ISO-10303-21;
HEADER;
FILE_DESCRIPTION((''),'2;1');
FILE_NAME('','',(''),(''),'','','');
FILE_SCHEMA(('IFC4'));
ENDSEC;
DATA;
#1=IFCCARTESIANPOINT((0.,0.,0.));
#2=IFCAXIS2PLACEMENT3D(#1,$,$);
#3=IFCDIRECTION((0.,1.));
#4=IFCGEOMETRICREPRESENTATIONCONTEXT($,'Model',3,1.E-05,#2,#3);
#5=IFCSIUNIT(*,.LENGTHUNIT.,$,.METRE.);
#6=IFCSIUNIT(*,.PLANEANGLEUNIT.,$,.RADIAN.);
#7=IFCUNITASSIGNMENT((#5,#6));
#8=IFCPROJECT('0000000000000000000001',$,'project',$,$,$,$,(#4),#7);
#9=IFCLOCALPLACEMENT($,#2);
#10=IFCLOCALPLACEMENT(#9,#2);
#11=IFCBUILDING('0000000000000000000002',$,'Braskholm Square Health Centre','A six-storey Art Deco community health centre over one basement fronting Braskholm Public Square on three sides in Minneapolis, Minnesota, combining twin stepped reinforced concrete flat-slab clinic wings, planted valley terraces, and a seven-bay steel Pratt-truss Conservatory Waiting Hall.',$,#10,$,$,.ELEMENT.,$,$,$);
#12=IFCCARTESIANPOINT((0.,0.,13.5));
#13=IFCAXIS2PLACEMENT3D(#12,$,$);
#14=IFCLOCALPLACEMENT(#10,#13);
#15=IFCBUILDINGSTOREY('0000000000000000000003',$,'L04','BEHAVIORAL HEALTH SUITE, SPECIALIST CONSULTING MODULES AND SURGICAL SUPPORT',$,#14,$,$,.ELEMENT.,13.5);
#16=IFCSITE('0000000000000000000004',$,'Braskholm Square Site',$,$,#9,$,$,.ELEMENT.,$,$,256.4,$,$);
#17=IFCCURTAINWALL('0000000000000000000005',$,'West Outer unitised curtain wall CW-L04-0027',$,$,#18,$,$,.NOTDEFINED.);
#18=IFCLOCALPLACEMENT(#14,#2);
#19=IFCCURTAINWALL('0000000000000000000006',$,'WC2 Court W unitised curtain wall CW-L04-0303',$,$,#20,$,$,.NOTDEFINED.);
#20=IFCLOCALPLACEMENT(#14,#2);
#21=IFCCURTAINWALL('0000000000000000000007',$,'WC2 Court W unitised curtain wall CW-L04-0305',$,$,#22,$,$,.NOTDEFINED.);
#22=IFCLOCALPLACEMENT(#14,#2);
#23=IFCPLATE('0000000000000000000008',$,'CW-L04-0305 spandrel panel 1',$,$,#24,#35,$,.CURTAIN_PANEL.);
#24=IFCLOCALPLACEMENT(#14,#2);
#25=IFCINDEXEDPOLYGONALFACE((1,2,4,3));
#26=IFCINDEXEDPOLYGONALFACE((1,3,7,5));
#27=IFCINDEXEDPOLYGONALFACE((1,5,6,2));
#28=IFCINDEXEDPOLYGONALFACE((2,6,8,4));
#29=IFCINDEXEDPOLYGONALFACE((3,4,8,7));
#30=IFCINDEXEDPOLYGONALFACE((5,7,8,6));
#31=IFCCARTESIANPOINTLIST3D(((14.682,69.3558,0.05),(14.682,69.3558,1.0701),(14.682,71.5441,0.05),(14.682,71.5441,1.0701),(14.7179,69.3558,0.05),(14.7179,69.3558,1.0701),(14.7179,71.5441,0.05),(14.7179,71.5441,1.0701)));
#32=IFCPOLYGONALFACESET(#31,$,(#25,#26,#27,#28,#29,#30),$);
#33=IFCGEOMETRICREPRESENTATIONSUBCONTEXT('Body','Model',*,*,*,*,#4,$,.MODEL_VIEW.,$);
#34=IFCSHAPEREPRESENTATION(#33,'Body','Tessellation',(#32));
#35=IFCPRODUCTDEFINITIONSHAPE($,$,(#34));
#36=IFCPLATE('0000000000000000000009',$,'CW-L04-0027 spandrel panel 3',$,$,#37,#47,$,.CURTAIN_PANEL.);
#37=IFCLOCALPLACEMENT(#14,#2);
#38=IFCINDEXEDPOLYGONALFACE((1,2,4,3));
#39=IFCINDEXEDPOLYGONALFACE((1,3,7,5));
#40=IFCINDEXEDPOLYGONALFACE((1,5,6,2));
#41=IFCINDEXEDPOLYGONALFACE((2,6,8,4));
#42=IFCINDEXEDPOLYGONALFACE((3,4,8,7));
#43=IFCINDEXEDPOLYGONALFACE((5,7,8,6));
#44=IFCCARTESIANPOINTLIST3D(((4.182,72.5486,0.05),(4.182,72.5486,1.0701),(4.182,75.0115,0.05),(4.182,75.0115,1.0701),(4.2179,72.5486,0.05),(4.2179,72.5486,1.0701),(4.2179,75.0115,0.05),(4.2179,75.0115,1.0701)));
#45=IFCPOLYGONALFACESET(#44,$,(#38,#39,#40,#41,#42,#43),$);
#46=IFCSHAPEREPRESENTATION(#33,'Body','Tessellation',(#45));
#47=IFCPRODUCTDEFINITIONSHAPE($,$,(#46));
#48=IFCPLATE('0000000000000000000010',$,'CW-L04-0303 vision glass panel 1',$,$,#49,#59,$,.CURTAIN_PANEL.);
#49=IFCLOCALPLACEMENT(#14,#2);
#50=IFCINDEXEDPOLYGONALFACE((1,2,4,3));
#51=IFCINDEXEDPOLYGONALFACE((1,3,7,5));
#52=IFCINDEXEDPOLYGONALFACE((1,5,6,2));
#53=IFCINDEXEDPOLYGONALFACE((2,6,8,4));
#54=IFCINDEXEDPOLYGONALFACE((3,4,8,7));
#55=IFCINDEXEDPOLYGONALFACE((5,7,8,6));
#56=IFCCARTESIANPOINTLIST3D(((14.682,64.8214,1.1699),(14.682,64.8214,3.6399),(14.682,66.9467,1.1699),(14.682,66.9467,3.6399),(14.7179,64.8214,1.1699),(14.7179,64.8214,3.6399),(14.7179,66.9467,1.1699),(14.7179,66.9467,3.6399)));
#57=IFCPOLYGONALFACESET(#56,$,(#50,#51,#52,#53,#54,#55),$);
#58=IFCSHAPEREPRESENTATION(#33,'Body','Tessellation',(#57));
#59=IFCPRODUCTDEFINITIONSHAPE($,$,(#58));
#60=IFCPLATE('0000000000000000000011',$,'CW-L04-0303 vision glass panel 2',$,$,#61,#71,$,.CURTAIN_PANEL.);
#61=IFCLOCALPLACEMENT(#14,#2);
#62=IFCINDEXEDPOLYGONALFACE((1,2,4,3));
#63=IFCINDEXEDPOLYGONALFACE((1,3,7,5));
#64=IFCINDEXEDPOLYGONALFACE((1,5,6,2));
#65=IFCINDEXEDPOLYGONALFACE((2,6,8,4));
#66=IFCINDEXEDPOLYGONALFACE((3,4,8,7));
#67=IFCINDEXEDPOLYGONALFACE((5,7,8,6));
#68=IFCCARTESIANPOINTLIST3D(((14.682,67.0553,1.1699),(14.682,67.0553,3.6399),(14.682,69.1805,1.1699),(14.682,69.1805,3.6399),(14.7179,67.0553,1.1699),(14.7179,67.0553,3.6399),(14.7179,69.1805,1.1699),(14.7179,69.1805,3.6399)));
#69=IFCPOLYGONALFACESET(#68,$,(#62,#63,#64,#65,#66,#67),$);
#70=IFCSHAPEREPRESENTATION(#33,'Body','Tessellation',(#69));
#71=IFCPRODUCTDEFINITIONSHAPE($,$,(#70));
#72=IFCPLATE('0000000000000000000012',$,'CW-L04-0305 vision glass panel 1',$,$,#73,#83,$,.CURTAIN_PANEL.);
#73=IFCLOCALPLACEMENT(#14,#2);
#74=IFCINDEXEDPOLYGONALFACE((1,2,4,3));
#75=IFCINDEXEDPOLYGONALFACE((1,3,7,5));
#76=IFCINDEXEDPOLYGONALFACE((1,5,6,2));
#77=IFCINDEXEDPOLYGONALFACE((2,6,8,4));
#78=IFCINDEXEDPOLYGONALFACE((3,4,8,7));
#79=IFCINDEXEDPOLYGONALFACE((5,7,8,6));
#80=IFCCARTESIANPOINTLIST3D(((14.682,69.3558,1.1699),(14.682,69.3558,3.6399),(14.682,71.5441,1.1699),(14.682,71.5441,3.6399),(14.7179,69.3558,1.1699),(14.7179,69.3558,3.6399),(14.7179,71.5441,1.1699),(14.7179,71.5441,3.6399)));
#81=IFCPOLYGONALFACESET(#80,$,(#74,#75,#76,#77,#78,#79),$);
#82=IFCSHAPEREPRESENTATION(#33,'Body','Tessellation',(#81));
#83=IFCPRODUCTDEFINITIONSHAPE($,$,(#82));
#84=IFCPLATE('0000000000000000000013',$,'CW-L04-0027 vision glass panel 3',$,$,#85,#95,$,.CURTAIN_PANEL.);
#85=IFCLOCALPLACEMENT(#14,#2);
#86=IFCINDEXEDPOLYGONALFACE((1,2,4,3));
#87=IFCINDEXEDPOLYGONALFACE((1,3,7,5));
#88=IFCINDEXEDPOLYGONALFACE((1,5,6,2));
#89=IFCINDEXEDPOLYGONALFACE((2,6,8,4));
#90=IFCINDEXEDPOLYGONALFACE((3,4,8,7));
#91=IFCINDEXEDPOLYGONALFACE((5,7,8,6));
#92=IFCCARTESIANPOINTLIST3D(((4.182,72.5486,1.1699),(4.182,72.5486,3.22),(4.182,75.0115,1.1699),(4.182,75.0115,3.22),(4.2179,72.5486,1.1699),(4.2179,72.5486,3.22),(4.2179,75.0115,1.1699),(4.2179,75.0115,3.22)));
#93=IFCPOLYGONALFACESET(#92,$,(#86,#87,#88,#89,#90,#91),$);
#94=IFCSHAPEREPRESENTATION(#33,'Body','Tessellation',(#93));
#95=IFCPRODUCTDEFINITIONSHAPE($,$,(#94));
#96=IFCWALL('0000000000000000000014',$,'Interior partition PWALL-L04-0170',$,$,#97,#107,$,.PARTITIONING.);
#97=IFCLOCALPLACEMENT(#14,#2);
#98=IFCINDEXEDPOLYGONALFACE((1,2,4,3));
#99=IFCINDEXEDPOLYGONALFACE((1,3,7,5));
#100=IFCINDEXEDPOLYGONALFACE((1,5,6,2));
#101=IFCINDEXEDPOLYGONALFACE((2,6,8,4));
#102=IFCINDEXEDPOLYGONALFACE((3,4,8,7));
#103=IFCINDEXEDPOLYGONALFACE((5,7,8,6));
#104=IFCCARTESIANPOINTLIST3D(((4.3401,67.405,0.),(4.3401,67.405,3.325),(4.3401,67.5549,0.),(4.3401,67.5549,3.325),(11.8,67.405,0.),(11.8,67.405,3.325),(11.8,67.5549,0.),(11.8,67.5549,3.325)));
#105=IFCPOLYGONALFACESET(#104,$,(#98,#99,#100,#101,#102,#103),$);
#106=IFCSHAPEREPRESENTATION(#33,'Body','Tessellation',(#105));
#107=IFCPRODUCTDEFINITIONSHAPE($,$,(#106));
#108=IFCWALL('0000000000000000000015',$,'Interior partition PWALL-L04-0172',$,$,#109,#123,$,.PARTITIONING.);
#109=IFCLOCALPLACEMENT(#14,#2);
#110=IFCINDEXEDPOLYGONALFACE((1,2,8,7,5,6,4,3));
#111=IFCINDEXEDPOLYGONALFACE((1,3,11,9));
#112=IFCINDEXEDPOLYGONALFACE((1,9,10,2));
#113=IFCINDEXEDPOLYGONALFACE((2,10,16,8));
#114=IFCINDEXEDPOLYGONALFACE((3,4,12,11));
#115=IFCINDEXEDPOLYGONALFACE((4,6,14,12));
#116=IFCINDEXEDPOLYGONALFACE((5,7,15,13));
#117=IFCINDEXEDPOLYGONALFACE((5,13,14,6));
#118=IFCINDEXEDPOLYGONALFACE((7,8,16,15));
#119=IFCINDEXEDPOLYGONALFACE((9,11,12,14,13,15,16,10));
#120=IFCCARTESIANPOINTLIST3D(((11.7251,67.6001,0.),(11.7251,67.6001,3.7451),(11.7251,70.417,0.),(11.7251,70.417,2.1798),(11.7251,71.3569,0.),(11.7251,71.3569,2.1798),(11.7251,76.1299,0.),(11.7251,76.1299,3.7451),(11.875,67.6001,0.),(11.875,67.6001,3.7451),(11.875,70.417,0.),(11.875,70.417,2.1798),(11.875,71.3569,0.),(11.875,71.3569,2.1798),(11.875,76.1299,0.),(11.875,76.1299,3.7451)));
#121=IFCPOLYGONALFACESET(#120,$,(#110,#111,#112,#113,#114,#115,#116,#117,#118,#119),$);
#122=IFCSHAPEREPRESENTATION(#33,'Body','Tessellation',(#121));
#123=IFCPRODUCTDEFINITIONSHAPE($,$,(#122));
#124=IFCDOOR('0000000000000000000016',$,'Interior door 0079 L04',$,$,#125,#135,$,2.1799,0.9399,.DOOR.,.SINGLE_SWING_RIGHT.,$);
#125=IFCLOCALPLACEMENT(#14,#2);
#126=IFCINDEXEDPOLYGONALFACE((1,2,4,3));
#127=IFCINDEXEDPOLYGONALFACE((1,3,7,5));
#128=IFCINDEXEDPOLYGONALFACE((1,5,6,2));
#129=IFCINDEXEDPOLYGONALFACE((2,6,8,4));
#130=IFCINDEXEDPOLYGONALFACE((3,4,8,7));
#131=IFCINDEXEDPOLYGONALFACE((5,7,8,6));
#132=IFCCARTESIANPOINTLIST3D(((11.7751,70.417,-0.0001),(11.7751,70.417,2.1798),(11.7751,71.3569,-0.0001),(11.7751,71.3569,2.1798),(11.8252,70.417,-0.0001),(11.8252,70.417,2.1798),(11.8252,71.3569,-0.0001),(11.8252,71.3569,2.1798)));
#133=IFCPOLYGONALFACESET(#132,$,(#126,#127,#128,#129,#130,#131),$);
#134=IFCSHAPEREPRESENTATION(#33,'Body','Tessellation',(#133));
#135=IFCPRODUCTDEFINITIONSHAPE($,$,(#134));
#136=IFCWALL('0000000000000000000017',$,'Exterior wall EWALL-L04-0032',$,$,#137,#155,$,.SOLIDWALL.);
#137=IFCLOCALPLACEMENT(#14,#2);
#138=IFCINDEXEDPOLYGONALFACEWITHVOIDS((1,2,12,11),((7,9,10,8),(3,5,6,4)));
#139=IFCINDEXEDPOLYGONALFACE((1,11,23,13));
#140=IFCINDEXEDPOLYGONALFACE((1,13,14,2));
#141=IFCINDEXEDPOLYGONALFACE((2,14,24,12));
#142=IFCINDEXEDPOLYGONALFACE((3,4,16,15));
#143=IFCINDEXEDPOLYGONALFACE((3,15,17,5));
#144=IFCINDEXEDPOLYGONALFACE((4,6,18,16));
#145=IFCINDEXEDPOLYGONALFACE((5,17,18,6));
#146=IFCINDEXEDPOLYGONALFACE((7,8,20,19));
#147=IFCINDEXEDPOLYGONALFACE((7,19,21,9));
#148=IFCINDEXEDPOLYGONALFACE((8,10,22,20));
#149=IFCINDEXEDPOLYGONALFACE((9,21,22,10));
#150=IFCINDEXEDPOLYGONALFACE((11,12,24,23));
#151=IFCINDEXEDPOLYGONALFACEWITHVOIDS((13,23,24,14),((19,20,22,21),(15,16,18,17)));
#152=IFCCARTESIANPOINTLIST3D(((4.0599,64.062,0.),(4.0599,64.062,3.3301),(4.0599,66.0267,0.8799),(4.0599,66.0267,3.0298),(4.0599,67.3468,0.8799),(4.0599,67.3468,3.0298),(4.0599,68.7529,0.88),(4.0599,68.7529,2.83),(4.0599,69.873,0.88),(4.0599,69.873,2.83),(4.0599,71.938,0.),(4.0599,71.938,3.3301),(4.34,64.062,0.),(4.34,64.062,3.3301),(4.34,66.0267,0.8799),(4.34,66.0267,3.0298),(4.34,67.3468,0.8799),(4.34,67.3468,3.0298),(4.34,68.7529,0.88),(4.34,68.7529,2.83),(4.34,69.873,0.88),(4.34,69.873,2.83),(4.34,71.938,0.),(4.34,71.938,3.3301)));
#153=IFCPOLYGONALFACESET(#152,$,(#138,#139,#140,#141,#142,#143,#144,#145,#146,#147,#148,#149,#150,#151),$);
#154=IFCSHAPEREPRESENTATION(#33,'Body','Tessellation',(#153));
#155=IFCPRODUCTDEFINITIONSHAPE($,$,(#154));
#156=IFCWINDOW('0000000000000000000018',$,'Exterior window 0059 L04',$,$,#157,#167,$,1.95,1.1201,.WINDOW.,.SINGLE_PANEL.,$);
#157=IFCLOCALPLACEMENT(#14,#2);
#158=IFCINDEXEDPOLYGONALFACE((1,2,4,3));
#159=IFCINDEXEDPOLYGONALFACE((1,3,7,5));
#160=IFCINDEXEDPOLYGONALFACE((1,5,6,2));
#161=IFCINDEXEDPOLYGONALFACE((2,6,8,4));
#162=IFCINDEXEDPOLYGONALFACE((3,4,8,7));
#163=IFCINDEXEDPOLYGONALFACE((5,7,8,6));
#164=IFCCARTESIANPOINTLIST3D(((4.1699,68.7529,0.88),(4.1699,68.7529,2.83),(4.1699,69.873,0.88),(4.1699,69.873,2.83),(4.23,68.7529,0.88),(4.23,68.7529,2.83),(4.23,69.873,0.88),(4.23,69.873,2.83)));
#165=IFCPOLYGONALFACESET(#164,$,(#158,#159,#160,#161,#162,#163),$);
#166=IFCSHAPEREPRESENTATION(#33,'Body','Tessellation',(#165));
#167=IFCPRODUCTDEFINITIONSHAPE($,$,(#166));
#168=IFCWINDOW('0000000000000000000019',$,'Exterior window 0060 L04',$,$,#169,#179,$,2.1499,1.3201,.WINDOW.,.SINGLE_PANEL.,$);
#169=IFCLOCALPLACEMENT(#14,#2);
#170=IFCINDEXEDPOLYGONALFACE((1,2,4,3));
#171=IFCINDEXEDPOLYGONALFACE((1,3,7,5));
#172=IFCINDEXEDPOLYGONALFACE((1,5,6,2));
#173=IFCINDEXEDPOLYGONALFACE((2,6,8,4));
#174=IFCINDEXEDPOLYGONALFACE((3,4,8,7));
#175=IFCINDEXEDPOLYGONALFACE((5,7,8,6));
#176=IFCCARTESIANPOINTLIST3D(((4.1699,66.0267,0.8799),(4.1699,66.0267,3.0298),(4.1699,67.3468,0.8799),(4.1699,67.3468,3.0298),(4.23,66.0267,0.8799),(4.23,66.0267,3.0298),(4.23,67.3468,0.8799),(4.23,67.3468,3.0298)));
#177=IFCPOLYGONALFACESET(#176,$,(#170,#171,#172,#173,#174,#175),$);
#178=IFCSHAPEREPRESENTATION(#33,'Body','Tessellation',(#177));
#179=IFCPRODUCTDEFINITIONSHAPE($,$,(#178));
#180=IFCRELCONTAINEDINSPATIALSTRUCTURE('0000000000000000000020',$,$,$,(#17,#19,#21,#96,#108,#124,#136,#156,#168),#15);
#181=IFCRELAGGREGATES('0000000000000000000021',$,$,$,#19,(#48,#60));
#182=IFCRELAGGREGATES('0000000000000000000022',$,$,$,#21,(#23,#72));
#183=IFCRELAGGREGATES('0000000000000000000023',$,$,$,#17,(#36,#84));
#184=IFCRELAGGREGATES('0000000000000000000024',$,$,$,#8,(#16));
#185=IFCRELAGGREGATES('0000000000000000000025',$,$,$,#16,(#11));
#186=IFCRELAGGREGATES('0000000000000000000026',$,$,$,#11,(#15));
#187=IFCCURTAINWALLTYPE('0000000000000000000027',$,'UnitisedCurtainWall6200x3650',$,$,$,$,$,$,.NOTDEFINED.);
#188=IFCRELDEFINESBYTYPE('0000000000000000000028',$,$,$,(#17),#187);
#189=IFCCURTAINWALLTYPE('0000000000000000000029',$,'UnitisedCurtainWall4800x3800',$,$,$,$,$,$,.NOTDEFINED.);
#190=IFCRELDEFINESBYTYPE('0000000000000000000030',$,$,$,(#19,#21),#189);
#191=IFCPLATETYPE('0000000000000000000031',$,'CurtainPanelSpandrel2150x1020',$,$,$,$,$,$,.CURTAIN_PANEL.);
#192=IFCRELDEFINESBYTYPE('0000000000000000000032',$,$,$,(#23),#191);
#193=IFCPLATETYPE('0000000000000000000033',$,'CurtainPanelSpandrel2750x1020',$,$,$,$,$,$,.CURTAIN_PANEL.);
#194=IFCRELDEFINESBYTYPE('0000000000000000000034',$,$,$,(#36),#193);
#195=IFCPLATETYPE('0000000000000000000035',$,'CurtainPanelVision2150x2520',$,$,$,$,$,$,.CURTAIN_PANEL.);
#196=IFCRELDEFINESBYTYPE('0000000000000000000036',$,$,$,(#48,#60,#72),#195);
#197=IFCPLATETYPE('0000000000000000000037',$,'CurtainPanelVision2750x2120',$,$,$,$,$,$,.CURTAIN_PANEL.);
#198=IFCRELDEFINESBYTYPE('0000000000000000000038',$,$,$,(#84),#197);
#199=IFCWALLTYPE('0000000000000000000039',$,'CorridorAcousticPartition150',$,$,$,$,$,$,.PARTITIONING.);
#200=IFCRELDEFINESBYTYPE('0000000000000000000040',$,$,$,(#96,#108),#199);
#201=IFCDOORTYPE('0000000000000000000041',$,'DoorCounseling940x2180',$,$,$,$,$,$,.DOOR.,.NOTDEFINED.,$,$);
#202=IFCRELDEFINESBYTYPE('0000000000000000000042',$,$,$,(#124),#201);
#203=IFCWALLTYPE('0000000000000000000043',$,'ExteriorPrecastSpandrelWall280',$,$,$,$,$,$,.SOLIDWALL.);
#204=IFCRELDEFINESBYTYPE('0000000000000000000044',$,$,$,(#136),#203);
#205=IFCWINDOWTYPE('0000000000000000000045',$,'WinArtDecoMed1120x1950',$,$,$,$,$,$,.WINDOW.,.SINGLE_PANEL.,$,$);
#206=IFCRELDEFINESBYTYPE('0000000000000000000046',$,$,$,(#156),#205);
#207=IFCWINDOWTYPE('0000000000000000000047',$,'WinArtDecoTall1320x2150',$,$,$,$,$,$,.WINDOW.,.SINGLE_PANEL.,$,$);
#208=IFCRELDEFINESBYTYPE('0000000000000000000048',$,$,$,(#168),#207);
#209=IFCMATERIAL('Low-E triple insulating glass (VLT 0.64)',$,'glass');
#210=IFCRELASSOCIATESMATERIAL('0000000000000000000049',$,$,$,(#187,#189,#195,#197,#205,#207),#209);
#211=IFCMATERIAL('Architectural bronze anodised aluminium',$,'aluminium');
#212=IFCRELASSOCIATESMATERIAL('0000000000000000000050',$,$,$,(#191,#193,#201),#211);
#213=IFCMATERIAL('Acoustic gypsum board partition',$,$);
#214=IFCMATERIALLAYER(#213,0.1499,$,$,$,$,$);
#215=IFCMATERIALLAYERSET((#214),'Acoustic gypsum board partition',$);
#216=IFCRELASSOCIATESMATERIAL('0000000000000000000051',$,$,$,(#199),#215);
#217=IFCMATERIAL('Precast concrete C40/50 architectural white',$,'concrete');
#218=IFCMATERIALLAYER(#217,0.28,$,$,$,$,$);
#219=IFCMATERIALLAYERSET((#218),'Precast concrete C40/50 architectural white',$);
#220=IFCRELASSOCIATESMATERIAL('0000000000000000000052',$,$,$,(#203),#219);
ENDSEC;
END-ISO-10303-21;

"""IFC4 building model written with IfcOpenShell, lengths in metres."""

from ifc_helpers import new_model, si_unit, direction, frame, frame_2d, origin, origin_with_axes, origin_2d, place, context, subcontext, project, spatial, rectangle, extrude, material, layer, layer_set, type_object, element, fill, aggregate, save


model = new_model("IFC4")

# Units and contexts
model_context = context("Model", 3, precision=1e-05, world=origin(), true_north=direction((0.0, 1.0)))
body_context = subcontext(model_context, "Body", "Model", "MODEL_VIEW")
ifc_project = project(units=[si_unit("LENGTHUNIT", "METRE"), si_unit("PLANEANGLEUNIT", "RADIAN")], contexts=[model_context])

# Site, building, storey
site_placement = place(None, origin())
site = spatial("IfcSite", under=ifc_project, at=site_placement, Name="Braskholm Square Site", CompositionType="ELEMENT", RefElevation=256.4)
building_placement = place(site_placement, origin())
building = spatial("IfcBuilding", under=site, at=building_placement, Name="Braskholm Square Health Centre", Description="A six-storey Art Deco community health centre over one basement fronting Braskholm Public Square on three sides in Minneapolis, Minnesota, combining twin stepped reinforced concrete flat-slab clinic wings, planted valley terraces, and a seven-bay steel Pratt-truss Conservatory Waiting Hall.", CompositionType="ELEMENT")
storey_placement = place(building_placement, frame((0.0, 0.0, 13.5)))
storey = spatial("IfcBuildingStorey", under=building, at=storey_placement, Name="L04", Description="BEHAVIORAL HEALTH SUITE, SPECIALIST CONSULTING MODULES AND SURGICAL SUPPORT", CompositionType="ELEMENT", Elevation=13.5)

# Shared definitions
ifc_material_1 = material(Name="Precast concrete C40/50 architectural white", Category="concrete")

# Curtain wall
ifc_material_2 = material(Name="Low-E triple insulating glass (VLT 0.64)", Category="glass")
curtain_wall_type_1 = type_object("IfcCurtainWallType", Name="UnitisedCurtainWall6200x3650", PredefinedType="NOTDEFINED", material=ifc_material_2)
curtain_wall_1_placement = place(storey_placement, origin())
curtain_wall_1 = element("IfcCurtainWall", 1, at=curtain_wall_1_placement, inside=storey, type_object=curtain_wall_type_1, Name="West Outer unitised curtain wall CW-L04-0027", PredefinedType="NOTDEFINED")
ifc_material_3 = material(Name="Architectural bronze anodised aluminium", Category="aluminium")

# Curtain walls
curtain_wall_type_2 = type_object("IfcCurtainWallType", Name="UnitisedCurtainWall4800x3800", PredefinedType="NOTDEFINED", material=ifc_material_2)
curtain_wall_2_placement = place(storey_placement, origin())
curtain_wall_2 = element("IfcCurtainWall", 2, at=curtain_wall_2_placement, inside=storey, type_object=curtain_wall_type_2, Name="WC2 Court W unitised curtain wall CW-L04-0303", PredefinedType="NOTDEFINED")
curtain_wall_3_placement = place(storey_placement, origin())
curtain_wall_3 = element("IfcCurtainWall", 3, at=curtain_wall_3_placement, inside=storey, type_object=curtain_wall_type_2, Name="WC2 Court W unitised curtain wall CW-L04-0305", PredefinedType="NOTDEFINED")

# Plates
plate_type_1 = type_object("IfcPlateType", Name="CurtainPanelSpandrel2150x1020", PredefinedType="CURTAIN_PANEL", material=ifc_material_3)
plate_1_placement = place(storey_placement, frame((14.7, 70.45, 0.05), z_axis=(0.0, 0.0, 1.0), x_axis=(0.0, 1.0, 0.0)))
plate_1 = element("IfcPlate", 4, at=plate_1_placement, type_object=plate_type_1, Name="CW-L04-0305 spandrel panel 1", PredefinedType="CURTAIN_PANEL", context=body_context, shape_type="SweptSolid", body=[
    extrude(rectangle(XDim=2.1882, YDim=0.0359, at=origin_2d()), origin(), (0.0, 0.0, 1.0), 1.02),
])
plate_type_2 = type_object("IfcPlateType", Name="CurtainPanelSpandrel2750x1020", PredefinedType="CURTAIN_PANEL", material=ifc_material_3)
plate_2_placement = place(storey_placement, frame((4.2, 73.78, 0.05), z_axis=(0.0, 0.0, 1.0), x_axis=(0.0, -1.0, 0.0)))
plate_2 = element("IfcPlate", 5, at=plate_2_placement, type_object=plate_type_2, Name="CW-L04-0027 spandrel panel 3", PredefinedType="CURTAIN_PANEL", context=body_context, shape_type="SweptSolid", body=[
    extrude(rectangle(XDim=2.4629, YDim=0.0359, at=origin_2d()), origin(), (0.0, 0.0, 1.0), 1.02),
])
plate_type_3 = type_object("IfcPlateType", Name="CurtainPanelVision2150x2520", PredefinedType="CURTAIN_PANEL", material=ifc_material_2)
plate_3_placement = place(storey_placement, frame((14.7, 65.884, 1.1699), z_axis=(0.0, 0.0, 1.0), x_axis=(0.0, 1.0, 0.0)))
plate_3 = element("IfcPlate", 6, at=plate_3_placement, type_object=plate_type_3, Name="CW-L04-0303 vision glass panel 1", PredefinedType="CURTAIN_PANEL", context=body_context, shape_type="SweptSolid", body=[
    extrude(rectangle(XDim=2.1252, YDim=0.0359, at=origin_2d()), origin(), (0.0, 0.0, 1.0), 2.47),
])
plate_4_placement = place(storey_placement, frame((14.7, 68.1179, 1.1699), z_axis=(0.0, 0.0, 1.0), x_axis=(0.0, 1.0, 0.0)))
plate_4 = element("IfcPlate", 7, at=plate_4_placement, type_object=plate_type_3, Name="CW-L04-0303 vision glass panel 2", PredefinedType="CURTAIN_PANEL", context=body_context, shape_type="SweptSolid", body=[
    extrude(rectangle(XDim=2.1252, YDim=0.0359, at=origin_2d()), origin(), (0.0, 0.0, 1.0), 2.47),
])
aggregate(curtain_wall_2, [plate_3, plate_4])
plate_5_placement = place(storey_placement, frame((14.7, 70.45, 1.1699), z_axis=(0.0, 0.0, 1.0), x_axis=(0.0, 1.0, 0.0)))
plate_5 = element("IfcPlate", 8, at=plate_5_placement, type_object=plate_type_3, Name="CW-L04-0305 vision glass panel 1", PredefinedType="CURTAIN_PANEL", context=body_context, shape_type="SweptSolid", body=[
    extrude(rectangle(XDim=2.1882, YDim=0.0359, at=origin_2d()), origin(), (0.0, 0.0, 1.0), 2.47),
])
aggregate(curtain_wall_3, [plate_1, plate_5])
plate_type_4 = type_object("IfcPlateType", Name="CurtainPanelVision2750x2120", PredefinedType="CURTAIN_PANEL", material=ifc_material_2)
plate_6_placement = place(storey_placement, frame((4.2, 73.78, 1.1699), z_axis=(0.0, 0.0, 1.0), x_axis=(0.0, -1.0, 0.0)))
plate_6 = element("IfcPlate", 9, at=plate_6_placement, type_object=plate_type_4, Name="CW-L04-0027 vision glass panel 3", PredefinedType="CURTAIN_PANEL", context=body_context, shape_type="SweptSolid", body=[
    extrude(rectangle(XDim=2.4629, YDim=0.0359, at=origin_2d()), origin(), (0.0, 0.0, 1.0), 2.05),
])
aggregate(curtain_wall_1, [plate_2, plate_6])

# Wall
ifc_material_4 = material(Name="Acoustic gypsum board partition")
ifc_layer_1 = layer(ifc_material_4, 0.1499)
ifc_layer_set_1 = layer_set([ifc_layer_1], Name="Acoustic gypsum board partition")
wall_type_1 = type_object("IfcWallType", Name="CorridorAcousticPartition150", PredefinedType="PARTITIONING", material=ifc_layer_set_1)
wall_1_placement = place(storey_placement, frame((4.3401, 67.48, 0.0), z_axis=(0.0, 0.0, 1.0), x_axis=(1.0, 0.0, 0.0)))
element("IfcWall", 10, at=wall_1_placement, inside=storey, type_object=wall_type_1, Name="Interior partition PWALL-L04-0170", PredefinedType="PARTITIONING", context=body_context, shape_type="SweptSolid", body=[
    extrude(rectangle(XDim=7.46, YDim=0.1499, at=frame_2d((3.73, 0.0))), origin(), (0.0, 0.0, 1.0), 3.325),
])

# Wall, opening, door
wall_2_placement = place(storey_placement, frame((11.8, 67.6001, 0.0), z_axis=(0.0, 0.0, 1.0), x_axis=(0.0, 1.0, 0.0)))
wall_2 = element("IfcWall", 11, at=wall_2_placement, inside=storey, type_object=wall_type_1, Name="Interior partition PWALL-L04-0172", PredefinedType="PARTITIONING", context=body_context, shape_type="SweptSolid", body=[
    extrude(rectangle(XDim=8.5298, YDim=0.1499, at=frame_2d((4.2649, 0.0))), origin(), (0.0, 0.0, 1.0), 3.7451),
])
opening_1_placement = place(wall_2_placement, frame((2.8169, 0.0, 0.0)))
opening_1 = element("IfcOpeningElement", 12, at=opening_1_placement, cuts=wall_2, PredefinedType="OPENING", context=body_context, shape_type="SweptSolid", body=[
    extrude(rectangle(XDim=0.9399, YDim=2.1799, at=frame_2d((0.47, 1.0898))), frame((0.0, 0.085, 0.0), z_axis=(0.0, -1.0, 0.0), x_axis=(1.0, 0.0, 0.0)), (0.0, 0.0, 1.0), 0.1699),
])
door_type = type_object("IfcDoorType", Name="DoorCounseling940x2180", OperationType="NOTDEFINED", PredefinedType="DOOR", material=ifc_material_3)
door_placement = place(opening_1_placement, origin_with_axes())
door = element("IfcDoor", 13, at=door_placement, inside=storey, type_object=door_type, Name="Interior door 0079 L04", OperationType="SINGLE_SWING_RIGHT", OverallHeight=2.1799, OverallWidth=0.9399, PredefinedType="DOOR", context=body_context, shape_type="SweptSolid", body=[
    extrude(rectangle(XDim=0.9399, YDim=2.1799, at=frame_2d((0.47, 1.0898))), frame((0.0, 0.0249, 0.0), z_axis=(0.0, -1.0, 0.0), x_axis=(1.0, 0.0, 0.0)), (0.0, 0.0, 1.0), 0.05),
])
fill(opening_1, door)

# Wall, openings, windows
ifc_layer_2 = layer(ifc_material_1, 0.28)
ifc_layer_set_2 = layer_set([ifc_layer_2], Name="Precast concrete C40/50 architectural white")
wall_type_2 = type_object("IfcWallType", Name="ExteriorPrecastSpandrelWall280", PredefinedType="SOLIDWALL", material=ifc_layer_set_2)
wall_3_placement = place(storey_placement, frame((4.2, 71.938, 0.0), z_axis=(0.0, 0.0, 1.0), x_axis=(0.0, -1.0, 0.0)))
wall_3 = element("IfcWall", 14, at=wall_3_placement, inside=storey, type_object=wall_type_2, Name="Exterior wall EWALL-L04-0032", PredefinedType="SOLIDWALL", context=body_context, shape_type="SweptSolid", body=[
    extrude(rectangle(XDim=7.876, YDim=0.28, at=frame_2d((3.938, 0.0))), origin(), (0.0, 0.0, 1.0), 3.3301),
])
opening_2_placement = place(wall_3_placement, frame((2.0649, 0.0, 0.8799)))
opening_2 = element("IfcOpeningElement", 15, at=opening_2_placement, cuts=wall_3, PredefinedType="OPENING", context=body_context, shape_type="SweptSolid", body=[
    extrude(rectangle(XDim=1.1201, YDim=1.95, at=frame_2d((0.5601, 0.9751))), frame((0.0, 0.1499, 0.0), z_axis=(0.0, -1.0, 0.0), x_axis=(1.0, 0.0, 0.0)), (0.0, 0.0, 1.0), 0.3),
])
opening_3_placement = place(wall_3_placement, frame((4.5911, 0.0, 0.8799)))
opening_3 = element("IfcOpeningElement", 16, at=opening_3_placement, cuts=wall_3, PredefinedType="OPENING", context=body_context, shape_type="SweptSolid", body=[
    extrude(rectangle(XDim=1.3201, YDim=2.1499, at=frame_2d((0.6602, 1.075))), frame((0.0, 0.1499, 0.0), z_axis=(0.0, -1.0, 0.0), x_axis=(1.0, 0.0, 0.0)), (0.0, 0.0, 1.0), 0.3),
])
window_type_1 = type_object("IfcWindowType", Name="WinArtDecoMed1120x1950", PartitioningType="SINGLE_PANEL", PredefinedType="WINDOW", material=ifc_material_2)
window_1_placement = place(opening_2_placement, origin_with_axes())
window_1 = element("IfcWindow", 17, at=window_1_placement, inside=storey, type_object=window_type_1, Name="Exterior window 0059 L04", OverallHeight=1.95, OverallWidth=1.1201, PartitioningType="SINGLE_PANEL", PredefinedType="WINDOW", context=body_context, shape_type="SweptSolid", body=[
    extrude(rectangle(XDim=1.1201, YDim=1.95, at=frame_2d((0.5601, 0.9751))), frame((0.0, 0.03, 0.0), z_axis=(0.0, -1.0, 0.0), x_axis=(1.0, 0.0, 0.0)), (0.0, 0.0, 1.0), 0.0601),
])
fill(opening_2, window_1)
window_type_2 = type_object("IfcWindowType", Name="WinArtDecoTall1320x2150", PartitioningType="SINGLE_PANEL", PredefinedType="WINDOW", material=ifc_material_2)
window_2_placement = place(opening_3_placement, origin_with_axes())
window_2 = element("IfcWindow", 18, at=window_2_placement, inside=storey, type_object=window_type_2, Name="Exterior window 0060 L04", OverallHeight=2.1499, OverallWidth=1.3201, PartitioningType="SINGLE_PANEL", PredefinedType="WINDOW", context=body_context, shape_type="SweptSolid", body=[
    extrude(rectangle(XDim=1.3201, YDim=2.1499, at=frame_2d((0.6602, 1.075))), frame((0.0, 0.03, 0.0), z_axis=(0.0, -1.0, 0.0), x_axis=(1.0, 0.0, 0.0)), (0.0, 0.0, 1.0), 0.0601),
])
fill(opening_3, window_2)

save(model, "model.ifc")
